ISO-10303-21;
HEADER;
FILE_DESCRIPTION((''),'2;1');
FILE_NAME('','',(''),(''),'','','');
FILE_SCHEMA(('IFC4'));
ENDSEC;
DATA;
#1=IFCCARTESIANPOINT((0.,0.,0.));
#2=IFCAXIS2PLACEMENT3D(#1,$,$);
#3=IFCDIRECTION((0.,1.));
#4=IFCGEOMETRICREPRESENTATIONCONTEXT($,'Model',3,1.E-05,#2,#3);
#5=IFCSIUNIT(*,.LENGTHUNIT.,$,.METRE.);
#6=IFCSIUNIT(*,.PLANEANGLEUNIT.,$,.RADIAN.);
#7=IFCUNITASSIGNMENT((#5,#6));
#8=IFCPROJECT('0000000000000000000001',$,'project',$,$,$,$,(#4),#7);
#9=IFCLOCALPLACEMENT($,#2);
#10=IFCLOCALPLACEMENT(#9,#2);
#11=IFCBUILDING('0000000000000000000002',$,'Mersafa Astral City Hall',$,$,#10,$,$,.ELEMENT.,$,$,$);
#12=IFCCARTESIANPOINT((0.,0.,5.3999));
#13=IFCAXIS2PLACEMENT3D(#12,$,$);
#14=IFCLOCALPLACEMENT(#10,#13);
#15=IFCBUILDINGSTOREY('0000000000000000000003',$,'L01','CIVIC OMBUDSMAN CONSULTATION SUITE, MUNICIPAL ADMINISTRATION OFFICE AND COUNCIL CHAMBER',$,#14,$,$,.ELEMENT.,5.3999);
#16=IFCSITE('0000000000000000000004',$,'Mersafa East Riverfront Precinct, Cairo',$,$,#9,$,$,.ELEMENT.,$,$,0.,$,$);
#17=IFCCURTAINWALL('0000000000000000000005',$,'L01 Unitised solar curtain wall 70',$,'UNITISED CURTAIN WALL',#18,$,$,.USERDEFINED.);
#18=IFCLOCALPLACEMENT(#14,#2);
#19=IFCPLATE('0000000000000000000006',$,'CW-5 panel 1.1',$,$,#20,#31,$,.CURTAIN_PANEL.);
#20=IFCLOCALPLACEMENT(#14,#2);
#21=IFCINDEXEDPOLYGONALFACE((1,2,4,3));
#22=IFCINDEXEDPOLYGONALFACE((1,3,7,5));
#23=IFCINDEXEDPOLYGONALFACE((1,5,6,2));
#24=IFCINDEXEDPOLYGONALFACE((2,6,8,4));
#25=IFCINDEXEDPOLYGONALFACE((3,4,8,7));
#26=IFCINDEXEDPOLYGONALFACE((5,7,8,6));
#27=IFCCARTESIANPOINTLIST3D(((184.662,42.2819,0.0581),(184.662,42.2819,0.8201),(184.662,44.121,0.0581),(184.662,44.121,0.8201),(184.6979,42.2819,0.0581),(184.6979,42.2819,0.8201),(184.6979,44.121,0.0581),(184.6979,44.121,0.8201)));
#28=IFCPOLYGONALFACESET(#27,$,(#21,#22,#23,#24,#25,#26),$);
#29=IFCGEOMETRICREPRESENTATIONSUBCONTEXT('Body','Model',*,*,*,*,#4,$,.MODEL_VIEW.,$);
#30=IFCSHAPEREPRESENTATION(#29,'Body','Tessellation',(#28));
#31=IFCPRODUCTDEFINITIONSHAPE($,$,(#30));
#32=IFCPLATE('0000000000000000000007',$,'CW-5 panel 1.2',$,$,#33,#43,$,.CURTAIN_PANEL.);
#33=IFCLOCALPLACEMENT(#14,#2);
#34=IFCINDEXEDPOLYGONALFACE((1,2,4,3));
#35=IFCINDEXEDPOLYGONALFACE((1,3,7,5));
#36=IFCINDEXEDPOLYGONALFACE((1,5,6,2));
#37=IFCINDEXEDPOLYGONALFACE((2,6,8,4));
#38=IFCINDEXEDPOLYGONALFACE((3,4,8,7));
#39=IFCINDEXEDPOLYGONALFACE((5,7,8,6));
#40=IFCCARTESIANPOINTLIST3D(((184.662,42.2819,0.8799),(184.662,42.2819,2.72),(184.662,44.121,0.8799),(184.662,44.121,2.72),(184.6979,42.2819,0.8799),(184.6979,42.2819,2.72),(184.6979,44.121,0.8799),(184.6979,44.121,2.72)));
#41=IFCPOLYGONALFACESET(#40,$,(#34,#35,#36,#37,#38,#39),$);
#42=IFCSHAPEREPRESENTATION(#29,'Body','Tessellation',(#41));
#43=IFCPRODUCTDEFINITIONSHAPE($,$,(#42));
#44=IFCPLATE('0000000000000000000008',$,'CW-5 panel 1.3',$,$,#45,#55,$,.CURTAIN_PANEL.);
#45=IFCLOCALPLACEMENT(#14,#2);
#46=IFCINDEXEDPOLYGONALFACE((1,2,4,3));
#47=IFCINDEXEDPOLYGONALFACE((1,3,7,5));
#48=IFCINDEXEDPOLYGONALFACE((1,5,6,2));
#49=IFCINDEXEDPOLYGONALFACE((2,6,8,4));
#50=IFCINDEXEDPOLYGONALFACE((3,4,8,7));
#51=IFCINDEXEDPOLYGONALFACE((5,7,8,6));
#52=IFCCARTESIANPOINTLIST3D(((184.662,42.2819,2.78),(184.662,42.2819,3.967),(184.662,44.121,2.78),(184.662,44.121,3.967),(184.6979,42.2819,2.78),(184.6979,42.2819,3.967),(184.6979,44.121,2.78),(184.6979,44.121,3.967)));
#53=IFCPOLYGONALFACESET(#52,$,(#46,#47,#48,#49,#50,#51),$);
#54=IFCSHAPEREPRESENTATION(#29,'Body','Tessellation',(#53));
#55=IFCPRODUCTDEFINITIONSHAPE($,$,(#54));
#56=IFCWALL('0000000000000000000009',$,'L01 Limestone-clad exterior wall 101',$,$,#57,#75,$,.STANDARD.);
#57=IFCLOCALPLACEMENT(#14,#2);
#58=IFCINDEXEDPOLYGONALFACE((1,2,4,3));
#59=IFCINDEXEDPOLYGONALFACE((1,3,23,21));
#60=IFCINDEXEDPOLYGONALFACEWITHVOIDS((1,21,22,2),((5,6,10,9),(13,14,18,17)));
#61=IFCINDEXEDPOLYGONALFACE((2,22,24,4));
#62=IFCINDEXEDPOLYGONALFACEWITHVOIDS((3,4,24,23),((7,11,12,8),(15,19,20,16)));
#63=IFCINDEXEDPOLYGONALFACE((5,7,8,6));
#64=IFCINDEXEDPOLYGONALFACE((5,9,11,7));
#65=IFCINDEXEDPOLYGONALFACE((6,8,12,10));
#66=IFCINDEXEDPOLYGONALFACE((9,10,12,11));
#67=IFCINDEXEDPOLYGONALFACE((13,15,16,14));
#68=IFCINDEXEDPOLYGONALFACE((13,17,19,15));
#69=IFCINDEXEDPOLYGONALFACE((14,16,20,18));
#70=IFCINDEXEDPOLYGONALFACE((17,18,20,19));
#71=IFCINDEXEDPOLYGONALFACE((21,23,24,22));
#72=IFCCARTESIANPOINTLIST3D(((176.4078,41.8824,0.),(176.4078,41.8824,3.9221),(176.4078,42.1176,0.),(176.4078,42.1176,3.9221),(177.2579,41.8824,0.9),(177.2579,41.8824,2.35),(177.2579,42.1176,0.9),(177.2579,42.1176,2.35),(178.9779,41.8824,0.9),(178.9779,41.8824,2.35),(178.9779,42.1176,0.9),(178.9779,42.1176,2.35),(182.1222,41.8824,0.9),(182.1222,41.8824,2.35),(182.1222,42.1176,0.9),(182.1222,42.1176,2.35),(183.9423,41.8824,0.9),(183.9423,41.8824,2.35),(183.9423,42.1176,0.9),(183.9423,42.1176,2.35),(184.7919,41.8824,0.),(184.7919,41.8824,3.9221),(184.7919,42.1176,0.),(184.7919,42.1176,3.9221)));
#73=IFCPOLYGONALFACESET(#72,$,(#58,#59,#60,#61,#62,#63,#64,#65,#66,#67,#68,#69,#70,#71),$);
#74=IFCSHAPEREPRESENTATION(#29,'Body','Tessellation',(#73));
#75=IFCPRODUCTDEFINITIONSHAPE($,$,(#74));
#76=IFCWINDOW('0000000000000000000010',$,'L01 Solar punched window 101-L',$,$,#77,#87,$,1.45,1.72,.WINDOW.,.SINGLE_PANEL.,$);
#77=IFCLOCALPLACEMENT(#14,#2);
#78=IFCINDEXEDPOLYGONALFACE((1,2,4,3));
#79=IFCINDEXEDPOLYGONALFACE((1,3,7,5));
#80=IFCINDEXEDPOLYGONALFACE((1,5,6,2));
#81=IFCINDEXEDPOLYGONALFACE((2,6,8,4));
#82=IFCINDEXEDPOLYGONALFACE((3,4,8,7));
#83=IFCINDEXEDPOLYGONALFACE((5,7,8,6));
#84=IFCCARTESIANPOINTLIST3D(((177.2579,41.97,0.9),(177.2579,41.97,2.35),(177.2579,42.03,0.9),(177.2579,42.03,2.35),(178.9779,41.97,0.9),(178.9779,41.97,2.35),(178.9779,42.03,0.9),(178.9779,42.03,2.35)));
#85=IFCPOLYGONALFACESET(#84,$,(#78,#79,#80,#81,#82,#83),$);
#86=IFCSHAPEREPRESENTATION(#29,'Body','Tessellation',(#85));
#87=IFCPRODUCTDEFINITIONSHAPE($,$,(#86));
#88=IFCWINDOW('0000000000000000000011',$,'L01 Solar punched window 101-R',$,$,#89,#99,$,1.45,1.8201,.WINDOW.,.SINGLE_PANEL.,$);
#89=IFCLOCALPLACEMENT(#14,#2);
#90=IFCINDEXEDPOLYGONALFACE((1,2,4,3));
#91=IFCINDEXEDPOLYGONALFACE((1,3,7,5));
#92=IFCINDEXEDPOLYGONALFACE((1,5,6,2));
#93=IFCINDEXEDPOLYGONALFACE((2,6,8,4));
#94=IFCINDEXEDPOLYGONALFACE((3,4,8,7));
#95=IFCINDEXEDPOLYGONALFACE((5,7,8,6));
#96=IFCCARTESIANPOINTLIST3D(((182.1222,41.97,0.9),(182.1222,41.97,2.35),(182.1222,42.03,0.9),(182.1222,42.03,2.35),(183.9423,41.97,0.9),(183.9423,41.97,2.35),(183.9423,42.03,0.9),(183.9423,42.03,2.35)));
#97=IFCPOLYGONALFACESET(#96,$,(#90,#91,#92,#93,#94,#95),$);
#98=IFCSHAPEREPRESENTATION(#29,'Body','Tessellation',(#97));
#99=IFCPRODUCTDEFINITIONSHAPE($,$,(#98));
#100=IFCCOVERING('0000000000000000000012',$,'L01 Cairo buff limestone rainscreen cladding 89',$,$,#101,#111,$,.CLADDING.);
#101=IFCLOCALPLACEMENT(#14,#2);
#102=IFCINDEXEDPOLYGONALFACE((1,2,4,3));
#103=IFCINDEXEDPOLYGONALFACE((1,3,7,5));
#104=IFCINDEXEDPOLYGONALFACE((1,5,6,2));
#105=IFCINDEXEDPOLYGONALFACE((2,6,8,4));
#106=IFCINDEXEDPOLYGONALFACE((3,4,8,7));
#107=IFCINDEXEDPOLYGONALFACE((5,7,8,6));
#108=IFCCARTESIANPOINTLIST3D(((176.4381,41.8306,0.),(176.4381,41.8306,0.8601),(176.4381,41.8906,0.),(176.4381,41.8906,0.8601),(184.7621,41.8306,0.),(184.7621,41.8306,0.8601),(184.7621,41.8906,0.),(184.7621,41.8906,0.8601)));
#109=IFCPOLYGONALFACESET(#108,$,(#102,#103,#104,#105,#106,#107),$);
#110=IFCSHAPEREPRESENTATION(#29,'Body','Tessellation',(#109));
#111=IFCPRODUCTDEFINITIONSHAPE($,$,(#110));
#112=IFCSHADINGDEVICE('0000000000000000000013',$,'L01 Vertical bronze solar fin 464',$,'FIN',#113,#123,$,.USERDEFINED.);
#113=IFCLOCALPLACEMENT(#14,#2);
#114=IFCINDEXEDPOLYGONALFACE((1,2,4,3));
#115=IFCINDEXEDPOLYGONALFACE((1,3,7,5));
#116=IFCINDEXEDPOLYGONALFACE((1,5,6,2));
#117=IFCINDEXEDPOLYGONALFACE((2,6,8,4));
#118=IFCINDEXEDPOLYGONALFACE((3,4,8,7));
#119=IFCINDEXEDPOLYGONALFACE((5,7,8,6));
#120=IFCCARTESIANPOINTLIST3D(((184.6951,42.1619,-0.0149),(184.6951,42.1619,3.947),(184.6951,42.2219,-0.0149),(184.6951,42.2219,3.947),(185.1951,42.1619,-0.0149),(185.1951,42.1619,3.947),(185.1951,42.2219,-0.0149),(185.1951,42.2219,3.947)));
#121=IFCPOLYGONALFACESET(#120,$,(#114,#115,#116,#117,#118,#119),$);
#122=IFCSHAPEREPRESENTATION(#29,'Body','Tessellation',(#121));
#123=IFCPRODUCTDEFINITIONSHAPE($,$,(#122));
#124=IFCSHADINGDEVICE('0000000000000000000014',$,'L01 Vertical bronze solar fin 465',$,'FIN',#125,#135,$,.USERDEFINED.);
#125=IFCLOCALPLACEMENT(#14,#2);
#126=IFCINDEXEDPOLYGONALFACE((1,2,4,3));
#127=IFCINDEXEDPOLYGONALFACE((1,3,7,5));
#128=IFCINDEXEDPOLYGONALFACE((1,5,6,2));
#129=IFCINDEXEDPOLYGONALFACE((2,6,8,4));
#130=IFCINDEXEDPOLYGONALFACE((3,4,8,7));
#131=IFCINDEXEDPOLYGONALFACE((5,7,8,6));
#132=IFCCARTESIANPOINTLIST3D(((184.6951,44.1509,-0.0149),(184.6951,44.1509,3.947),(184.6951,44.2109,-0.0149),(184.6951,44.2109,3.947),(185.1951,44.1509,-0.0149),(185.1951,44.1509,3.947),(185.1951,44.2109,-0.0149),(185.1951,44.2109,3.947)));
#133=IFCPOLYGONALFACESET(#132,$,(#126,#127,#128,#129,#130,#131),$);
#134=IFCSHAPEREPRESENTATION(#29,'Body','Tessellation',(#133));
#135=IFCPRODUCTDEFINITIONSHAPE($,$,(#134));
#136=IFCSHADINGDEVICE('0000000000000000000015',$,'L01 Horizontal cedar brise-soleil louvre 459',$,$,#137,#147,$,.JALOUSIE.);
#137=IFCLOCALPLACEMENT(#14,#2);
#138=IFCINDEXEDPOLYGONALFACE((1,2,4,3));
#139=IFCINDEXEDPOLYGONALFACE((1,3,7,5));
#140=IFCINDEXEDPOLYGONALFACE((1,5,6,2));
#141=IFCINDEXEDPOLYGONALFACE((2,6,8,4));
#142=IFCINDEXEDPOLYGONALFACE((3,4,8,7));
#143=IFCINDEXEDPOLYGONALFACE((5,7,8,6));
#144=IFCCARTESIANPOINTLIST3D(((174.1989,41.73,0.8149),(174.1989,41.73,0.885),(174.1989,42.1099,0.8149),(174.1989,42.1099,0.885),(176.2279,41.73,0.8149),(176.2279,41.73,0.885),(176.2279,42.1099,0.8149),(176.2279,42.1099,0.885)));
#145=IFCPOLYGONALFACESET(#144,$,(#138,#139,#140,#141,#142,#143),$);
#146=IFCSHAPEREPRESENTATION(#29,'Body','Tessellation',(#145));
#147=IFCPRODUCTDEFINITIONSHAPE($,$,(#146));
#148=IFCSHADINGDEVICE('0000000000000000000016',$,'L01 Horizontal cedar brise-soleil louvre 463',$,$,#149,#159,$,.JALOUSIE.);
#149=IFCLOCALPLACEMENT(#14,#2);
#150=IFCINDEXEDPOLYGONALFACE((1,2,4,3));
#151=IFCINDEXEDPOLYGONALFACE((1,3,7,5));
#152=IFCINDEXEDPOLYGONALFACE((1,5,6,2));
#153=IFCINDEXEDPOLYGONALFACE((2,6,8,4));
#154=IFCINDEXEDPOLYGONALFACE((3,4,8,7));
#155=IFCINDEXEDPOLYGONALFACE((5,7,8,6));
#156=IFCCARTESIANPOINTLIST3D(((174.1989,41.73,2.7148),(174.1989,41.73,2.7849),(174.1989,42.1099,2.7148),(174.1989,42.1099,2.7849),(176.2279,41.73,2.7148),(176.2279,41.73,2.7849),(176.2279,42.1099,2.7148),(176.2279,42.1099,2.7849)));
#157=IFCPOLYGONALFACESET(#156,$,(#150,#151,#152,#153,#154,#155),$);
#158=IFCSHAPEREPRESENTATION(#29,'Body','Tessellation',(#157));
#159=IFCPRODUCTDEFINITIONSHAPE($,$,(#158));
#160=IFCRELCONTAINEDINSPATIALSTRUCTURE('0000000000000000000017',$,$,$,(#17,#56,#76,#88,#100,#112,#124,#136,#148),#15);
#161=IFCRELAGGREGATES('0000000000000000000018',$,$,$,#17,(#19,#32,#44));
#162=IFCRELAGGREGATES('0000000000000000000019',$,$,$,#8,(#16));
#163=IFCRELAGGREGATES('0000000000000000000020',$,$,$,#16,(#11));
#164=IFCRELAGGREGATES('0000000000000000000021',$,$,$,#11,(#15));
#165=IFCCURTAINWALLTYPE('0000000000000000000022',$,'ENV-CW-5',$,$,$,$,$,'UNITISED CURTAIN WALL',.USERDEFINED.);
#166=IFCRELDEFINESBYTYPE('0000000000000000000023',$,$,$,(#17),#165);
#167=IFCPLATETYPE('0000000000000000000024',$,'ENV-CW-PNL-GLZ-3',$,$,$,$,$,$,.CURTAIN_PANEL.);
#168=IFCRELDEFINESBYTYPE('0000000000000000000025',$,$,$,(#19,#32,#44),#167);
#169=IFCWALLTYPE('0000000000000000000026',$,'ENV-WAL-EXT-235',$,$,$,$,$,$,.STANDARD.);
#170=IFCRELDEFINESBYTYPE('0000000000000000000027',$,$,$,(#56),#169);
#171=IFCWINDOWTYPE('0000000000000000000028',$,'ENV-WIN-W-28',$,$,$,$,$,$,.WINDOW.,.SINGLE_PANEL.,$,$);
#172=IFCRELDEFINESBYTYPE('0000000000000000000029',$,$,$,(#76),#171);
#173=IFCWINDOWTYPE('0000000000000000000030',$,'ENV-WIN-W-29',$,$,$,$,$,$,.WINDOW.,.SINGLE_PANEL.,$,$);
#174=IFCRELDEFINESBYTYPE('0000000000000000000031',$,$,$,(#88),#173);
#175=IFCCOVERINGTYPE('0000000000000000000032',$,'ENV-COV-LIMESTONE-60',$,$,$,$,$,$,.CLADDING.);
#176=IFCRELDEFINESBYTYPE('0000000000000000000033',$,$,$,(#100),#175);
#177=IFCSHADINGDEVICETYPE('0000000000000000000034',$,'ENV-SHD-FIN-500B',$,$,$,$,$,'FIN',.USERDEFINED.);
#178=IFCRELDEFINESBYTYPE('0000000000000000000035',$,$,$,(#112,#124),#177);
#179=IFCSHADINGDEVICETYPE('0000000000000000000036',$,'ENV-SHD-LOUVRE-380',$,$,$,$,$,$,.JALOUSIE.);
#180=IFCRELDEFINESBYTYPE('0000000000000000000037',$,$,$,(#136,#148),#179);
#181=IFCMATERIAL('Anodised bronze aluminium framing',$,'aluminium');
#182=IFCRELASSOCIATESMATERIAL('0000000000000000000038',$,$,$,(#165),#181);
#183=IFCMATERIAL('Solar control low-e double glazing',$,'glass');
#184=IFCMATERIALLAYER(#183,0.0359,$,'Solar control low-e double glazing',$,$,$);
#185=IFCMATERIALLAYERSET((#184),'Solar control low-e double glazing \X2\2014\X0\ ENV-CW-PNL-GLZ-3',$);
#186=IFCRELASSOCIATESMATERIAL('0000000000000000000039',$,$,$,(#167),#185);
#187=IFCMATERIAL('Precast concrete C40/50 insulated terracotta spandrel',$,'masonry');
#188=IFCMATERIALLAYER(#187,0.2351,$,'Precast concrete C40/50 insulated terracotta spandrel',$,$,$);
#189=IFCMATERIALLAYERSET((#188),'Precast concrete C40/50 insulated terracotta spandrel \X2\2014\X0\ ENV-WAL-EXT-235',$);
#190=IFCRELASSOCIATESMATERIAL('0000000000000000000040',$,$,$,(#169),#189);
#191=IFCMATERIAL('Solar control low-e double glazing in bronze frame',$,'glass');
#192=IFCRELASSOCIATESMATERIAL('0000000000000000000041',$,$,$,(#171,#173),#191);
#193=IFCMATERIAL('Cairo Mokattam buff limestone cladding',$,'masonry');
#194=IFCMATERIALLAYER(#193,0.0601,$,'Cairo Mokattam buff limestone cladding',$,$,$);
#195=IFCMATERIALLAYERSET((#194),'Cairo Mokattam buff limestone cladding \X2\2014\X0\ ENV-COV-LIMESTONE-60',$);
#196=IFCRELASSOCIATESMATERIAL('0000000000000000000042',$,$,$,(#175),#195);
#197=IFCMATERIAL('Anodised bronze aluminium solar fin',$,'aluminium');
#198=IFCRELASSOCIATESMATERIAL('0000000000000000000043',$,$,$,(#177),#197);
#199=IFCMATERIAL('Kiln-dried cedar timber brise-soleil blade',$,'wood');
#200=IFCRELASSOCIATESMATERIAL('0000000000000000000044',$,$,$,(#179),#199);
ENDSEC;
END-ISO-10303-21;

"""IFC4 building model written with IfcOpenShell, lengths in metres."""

from ifc_helpers import new_model, si_unit, direction, frame, frame_2d, origin, origin_2d, place, context, subcontext, project, spatial, rectangle, extrude, material, layer, layer_set, type_object, element, fill, aggregate, save


model = new_model("IFC4")

# Units and contexts
model_context = context("Model", 3, precision=1e-05, world=origin(), true_north=direction((0.0, 1.0)))
body_context = subcontext(model_context, "Body", "Model", "MODEL_VIEW")
ifc_project = project(units=[si_unit("LENGTHUNIT", "METRE"), si_unit("PLANEANGLEUNIT", "RADIAN")], contexts=[model_context])

# Site, building, storey
site_placement = place(None, origin())
site = spatial("IfcSite", under=ifc_project, at=site_placement, Name="Mersafa East Riverfront Precinct, Cairo", CompositionType="ELEMENT", RefElevation=0.0)
building_placement = place(site_placement, origin())
building = spatial("IfcBuilding", under=site, at=building_placement, Name="Mersafa Astral City Hall", CompositionType="ELEMENT")
storey_placement = place(building_placement, frame((0.0, 0.0, 5.3999)))
storey = spatial("IfcBuildingStorey", under=building, at=storey_placement, Name="L01", Description="CIVIC OMBUDSMAN CONSULTATION SUITE, MUNICIPAL ADMINISTRATION OFFICE AND COUNCIL CHAMBER", CompositionType="ELEMENT", Elevation=5.3999)

# Shared definitions
ifc_material_1 = material(Name="Anodised bronze aluminium framing", Category="aluminium")

# Curtain wall
curtain_wall_type_1 = type_object("IfcCurtainWallType", Name="ENV-CW-5", ElementType="UNITISED CURTAIN WALL", PredefinedType="USERDEFINED", material=ifc_material_1)
curtain_wall_1_placement = place(storey_placement, origin())
curtain_wall_1 = element("IfcCurtainWall", 1, at=curtain_wall_1_placement, inside=storey, type_object=curtain_wall_type_1, Name="L01 Unitised solar curtain wall 70", ObjectType="UNITISED CURTAIN WALL", PredefinedType="USERDEFINED")

# Plates
ifc_material_2 = material(Name="Solar control low-e double glazing", Category="glass")
ifc_layer_1 = layer(ifc_material_2, 0.0359, Name="Solar control low-e double glazing")
ifc_layer_set_1 = layer_set([ifc_layer_1], Name="Solar control low-e double glazing — ENV-CW-PNL-GLZ-3")
plate_type_1 = type_object("IfcPlateType", Name="ENV-CW-PNL-GLZ-3", PredefinedType="CURTAIN_PANEL", material=ifc_layer_set_1)
plate_1_placement = place(storey_placement, frame((184.6799, 43.2014, 0.0581), z_axis=(0.0, 0.0, 1.0), x_axis=(0.0, 1.0, 0.0)))
plate_1 = element("IfcPlate", 2, at=plate_1_placement, type_object=plate_type_1, Name="CW-5 panel 1.1", PredefinedType="CURTAIN_PANEL", context=body_context, shape_type="SweptSolid", body=[
    extrude(rectangle(XDim=1.8391, YDim=0.0359, at=origin_2d()), origin(), (0.0, 0.0, 1.0), 0.762),
])
plate_2_placement = place(storey_placement, frame((184.6799, 43.2014, 0.8799), z_axis=(0.0, 0.0, 1.0), x_axis=(0.0, 1.0, 0.0)))
plate_2 = element("IfcPlate", 3, at=plate_2_placement, type_object=plate_type_1, Name="CW-5 panel 1.2", PredefinedType="CURTAIN_PANEL", context=body_context, shape_type="SweptSolid", body=[
    extrude(rectangle(XDim=1.8391, YDim=0.0359, at=origin_2d()), origin(), (0.0, 0.0, 1.0), 1.8401),
])
plate_3_placement = place(storey_placement, frame((184.6799, 43.2014, 2.78), z_axis=(0.0, 0.0, 1.0), x_axis=(0.0, 1.0, 0.0)))
plate_3 = element("IfcPlate", 4, at=plate_3_placement, type_object=plate_type_1, Name="CW-5 panel 1.3", PredefinedType="CURTAIN_PANEL", context=body_context, shape_type="SweptSolid", body=[
    extrude(rectangle(XDim=1.8391, YDim=0.0359, at=origin_2d()), origin(), (0.0, 0.0, 1.0), 1.187),
])
aggregate(curtain_wall_1, [plate_1, plate_2, plate_3])

# Wall, openings, windows
ifc_material_3 = material(Name="Precast concrete C40/50 insulated terracotta spandrel", Category="masonry")
ifc_layer_2 = layer(ifc_material_3, 0.2351, Name="Precast concrete C40/50 insulated terracotta spandrel")
ifc_layer_set_2 = layer_set([ifc_layer_2], Name="Precast concrete C40/50 insulated terracotta spandrel — ENV-WAL-EXT-235")
wall_type = type_object("IfcWallType", Name="ENV-WAL-EXT-235", PredefinedType="STANDARD", material=ifc_layer_set_2)
wall_placement = place(storey_placement, frame((176.408, 42.0, 0.0), z_axis=(0.0, 0.0, 1.0), x_axis=(1.0, 0.0, 0.0)))
wall = element("IfcWall", 5, at=wall_placement, inside=storey, type_object=wall_type, Name="L01 Limestone-clad exterior wall 101", PredefinedType="STANDARD", context=body_context, shape_type="SweptSolid", body=[
    extrude(rectangle(XDim=8.384, YDim=0.2351, at=frame_2d((4.1919, 0.0))), origin(), (0.0, 0.0, 1.0), 3.9221),
])
opening_1_placement = place(wall_placement, frame((0.8501, 0.0, 0.8999)))
opening_1 = element("IfcOpeningElement", 6, at=opening_1_placement, cuts=wall, PredefinedType="OPENING", context=body_context, shape_type="SweptSolid", body=[
    extrude(rectangle(XDim=1.72, YDim=1.45, at=frame_2d((0.8599, 0.7251))), frame((0.0, 0.1274, 0.0), z_axis=(0.0, -1.0, 0.0), x_axis=(1.0, 0.0, 0.0)), (0.0, 0.0, 1.0), 0.2551),
])
opening_2_placement = place(wall_placement, frame((5.7141, 0.0, 0.8999)))
opening_2 = element("IfcOpeningElement", 7, at=opening_2_placement, cuts=wall, PredefinedType="OPENING", context=body_context, shape_type="SweptSolid", body=[
    extrude(rectangle(XDim=1.8201, YDim=1.45, at=frame_2d((0.9102, 0.7251))), frame((0.0, 0.1274, 0.0), z_axis=(0.0, -1.0, 0.0), x_axis=(1.0, 0.0, 0.0)), (0.0, 0.0, 1.0), 0.2551),
])
ifc_material_4 = material(Name="Solar control low-e double glazing in bronze frame", Category="glass")
window_type_1 = type_object("IfcWindowType", Name="ENV-WIN-W-28", PartitioningType="SINGLE_PANEL", PredefinedType="WINDOW", material=ifc_material_4)
window_1_placement = place(opening_1_placement, origin())
window_1 = element("IfcWindow", 8, at=window_1_placement, inside=storey, type_object=window_type_1, Name="L01 Solar punched window 101-L", OverallHeight=1.45, OverallWidth=1.72, PartitioningType="SINGLE_PANEL", PredefinedType="WINDOW", context=body_context, shape_type="SweptSolid", body=[
    extrude(rectangle(XDim=1.72, YDim=1.45, at=frame_2d((0.8599, 0.7251))), frame((0.0, 0.03, 0.0), z_axis=(0.0, -1.0, 0.0), x_axis=(1.0, 0.0, 0.0)), (0.0, 0.0, 1.0), 0.0601),
])
fill(opening_1, window_1)
window_type_2 = type_object("IfcWindowType", Name="ENV-WIN-W-29", PartitioningType="SINGLE_PANEL", PredefinedType="WINDOW", material=ifc_material_4)
window_2_placement = place(opening_2_placement, origin())
window_2 = element("IfcWindow", 9, at=window_2_placement, inside=storey, type_object=window_type_2, Name="L01 Solar punched window 101-R", OverallHeight=1.45, OverallWidth=1.8201, PartitioningType="SINGLE_PANEL", PredefinedType="WINDOW", context=body_context, shape_type="SweptSolid", body=[
    extrude(rectangle(XDim=1.8201, YDim=1.45, at=frame_2d((0.9102, 0.7251))), frame((0.0, 0.03, 0.0), z_axis=(0.0, -1.0, 0.0), x_axis=(1.0, 0.0, 0.0)), (0.0, 0.0, 1.0), 0.0601),
])
fill(opening_2, window_2)

# Covering
ifc_material_5 = material(Name="Cairo Mokattam buff limestone cladding", Category="masonry")
ifc_layer_3 = layer(ifc_material_5, 0.0601, Name="Cairo Mokattam buff limestone cladding")
ifc_layer_set_3 = layer_set([ifc_layer_3], Name="Cairo Mokattam buff limestone cladding — ENV-COV-LIMESTONE-60")
covering_type = type_object("IfcCoveringType", Name="ENV-COV-LIMESTONE-60", PredefinedType="CLADDING", material=ifc_layer_set_3)
covering_placement = place(storey_placement, frame((180.6001, 41.8606, 0.0), z_axis=(0.0, 0.0, 1.0), x_axis=(1.0, 0.0, 0.0)))
element("IfcCovering", 10, at=covering_placement, inside=storey, type_object=covering_type, Name="L01 Cairo buff limestone rainscreen cladding 89", PredefinedType="CLADDING", context=body_context, shape_type="SweptSolid", body=[
    extrude(rectangle(XDim=8.324, YDim=0.0601, at=origin_2d()), origin(), (0.0, 0.0, 1.0), 0.8601),
])

# Shading devices
ifc_material_6 = material(Name="Anodised bronze aluminium solar fin", Category="aluminium")
shading_device_type_1 = type_object("IfcShadingDeviceType", Name="ENV-SHD-FIN-500B", ElementType="FIN", PredefinedType="USERDEFINED", material=ifc_material_6)
for number, where, z_axis, x_axis, name in (
    (11, (184.9451, 42.1919, -0.0149), (0.0, 0.0, 1.0), (0.0, 1.0, 0.0), "L01 Vertical bronze solar fin 464"),
    (12, (184.9451, 44.1809, -0.0149), (0.0, 0.0, 1.0), (0.0, 1.0, 0.0), "L01 Vertical bronze solar fin 465"),
):
    element("IfcShadingDevice", number, at=place(storey_placement, frame(where, z_axis=z_axis, x_axis=x_axis)), inside=storey, type_object=shading_device_type_1, Name=name, ObjectType="FIN", PredefinedType="USERDEFINED", context=body_context, shape_type="SweptSolid", body=[
        extrude(rectangle(XDim=0.0601, YDim=0.5, at=origin_2d()), origin(), (0.0, 0.0, 1.0), 3.9619),
    ])
ifc_material_7 = material(Name="Kiln-dried cedar timber brise-soleil blade", Category="wood")
shading_device_type_2 = type_object("IfcShadingDeviceType", Name="ENV-SHD-LOUVRE-380", PredefinedType="JALOUSIE", material=ifc_material_7)
for number, where, z_axis, x_axis, name in (
    (13, (175.2134, 41.9199, 0.8149), (0.0, 0.0, 1.0), (1.0, 0.0, 0.0), "L01 Horizontal cedar brise-soleil louvre 459"),
    (14, (175.2134, 41.9199, 2.7148), (0.0, 0.0, 1.0), (1.0, 0.0, 0.0), "L01 Horizontal cedar brise-soleil louvre 463"),
):
    element("IfcShadingDevice", number, at=place(storey_placement, frame(where, z_axis=z_axis, x_axis=x_axis)), inside=storey, type_object=shading_device_type_2, Name=name, PredefinedType="JALOUSIE", context=body_context, shape_type="SweptSolid", body=[
        extrude(rectangle(XDim=2.0291, YDim=0.3799, at=origin_2d()), origin(), (0.0, 0.0, 1.0), 0.0701),
    ])

save(model, "model.ifc")
